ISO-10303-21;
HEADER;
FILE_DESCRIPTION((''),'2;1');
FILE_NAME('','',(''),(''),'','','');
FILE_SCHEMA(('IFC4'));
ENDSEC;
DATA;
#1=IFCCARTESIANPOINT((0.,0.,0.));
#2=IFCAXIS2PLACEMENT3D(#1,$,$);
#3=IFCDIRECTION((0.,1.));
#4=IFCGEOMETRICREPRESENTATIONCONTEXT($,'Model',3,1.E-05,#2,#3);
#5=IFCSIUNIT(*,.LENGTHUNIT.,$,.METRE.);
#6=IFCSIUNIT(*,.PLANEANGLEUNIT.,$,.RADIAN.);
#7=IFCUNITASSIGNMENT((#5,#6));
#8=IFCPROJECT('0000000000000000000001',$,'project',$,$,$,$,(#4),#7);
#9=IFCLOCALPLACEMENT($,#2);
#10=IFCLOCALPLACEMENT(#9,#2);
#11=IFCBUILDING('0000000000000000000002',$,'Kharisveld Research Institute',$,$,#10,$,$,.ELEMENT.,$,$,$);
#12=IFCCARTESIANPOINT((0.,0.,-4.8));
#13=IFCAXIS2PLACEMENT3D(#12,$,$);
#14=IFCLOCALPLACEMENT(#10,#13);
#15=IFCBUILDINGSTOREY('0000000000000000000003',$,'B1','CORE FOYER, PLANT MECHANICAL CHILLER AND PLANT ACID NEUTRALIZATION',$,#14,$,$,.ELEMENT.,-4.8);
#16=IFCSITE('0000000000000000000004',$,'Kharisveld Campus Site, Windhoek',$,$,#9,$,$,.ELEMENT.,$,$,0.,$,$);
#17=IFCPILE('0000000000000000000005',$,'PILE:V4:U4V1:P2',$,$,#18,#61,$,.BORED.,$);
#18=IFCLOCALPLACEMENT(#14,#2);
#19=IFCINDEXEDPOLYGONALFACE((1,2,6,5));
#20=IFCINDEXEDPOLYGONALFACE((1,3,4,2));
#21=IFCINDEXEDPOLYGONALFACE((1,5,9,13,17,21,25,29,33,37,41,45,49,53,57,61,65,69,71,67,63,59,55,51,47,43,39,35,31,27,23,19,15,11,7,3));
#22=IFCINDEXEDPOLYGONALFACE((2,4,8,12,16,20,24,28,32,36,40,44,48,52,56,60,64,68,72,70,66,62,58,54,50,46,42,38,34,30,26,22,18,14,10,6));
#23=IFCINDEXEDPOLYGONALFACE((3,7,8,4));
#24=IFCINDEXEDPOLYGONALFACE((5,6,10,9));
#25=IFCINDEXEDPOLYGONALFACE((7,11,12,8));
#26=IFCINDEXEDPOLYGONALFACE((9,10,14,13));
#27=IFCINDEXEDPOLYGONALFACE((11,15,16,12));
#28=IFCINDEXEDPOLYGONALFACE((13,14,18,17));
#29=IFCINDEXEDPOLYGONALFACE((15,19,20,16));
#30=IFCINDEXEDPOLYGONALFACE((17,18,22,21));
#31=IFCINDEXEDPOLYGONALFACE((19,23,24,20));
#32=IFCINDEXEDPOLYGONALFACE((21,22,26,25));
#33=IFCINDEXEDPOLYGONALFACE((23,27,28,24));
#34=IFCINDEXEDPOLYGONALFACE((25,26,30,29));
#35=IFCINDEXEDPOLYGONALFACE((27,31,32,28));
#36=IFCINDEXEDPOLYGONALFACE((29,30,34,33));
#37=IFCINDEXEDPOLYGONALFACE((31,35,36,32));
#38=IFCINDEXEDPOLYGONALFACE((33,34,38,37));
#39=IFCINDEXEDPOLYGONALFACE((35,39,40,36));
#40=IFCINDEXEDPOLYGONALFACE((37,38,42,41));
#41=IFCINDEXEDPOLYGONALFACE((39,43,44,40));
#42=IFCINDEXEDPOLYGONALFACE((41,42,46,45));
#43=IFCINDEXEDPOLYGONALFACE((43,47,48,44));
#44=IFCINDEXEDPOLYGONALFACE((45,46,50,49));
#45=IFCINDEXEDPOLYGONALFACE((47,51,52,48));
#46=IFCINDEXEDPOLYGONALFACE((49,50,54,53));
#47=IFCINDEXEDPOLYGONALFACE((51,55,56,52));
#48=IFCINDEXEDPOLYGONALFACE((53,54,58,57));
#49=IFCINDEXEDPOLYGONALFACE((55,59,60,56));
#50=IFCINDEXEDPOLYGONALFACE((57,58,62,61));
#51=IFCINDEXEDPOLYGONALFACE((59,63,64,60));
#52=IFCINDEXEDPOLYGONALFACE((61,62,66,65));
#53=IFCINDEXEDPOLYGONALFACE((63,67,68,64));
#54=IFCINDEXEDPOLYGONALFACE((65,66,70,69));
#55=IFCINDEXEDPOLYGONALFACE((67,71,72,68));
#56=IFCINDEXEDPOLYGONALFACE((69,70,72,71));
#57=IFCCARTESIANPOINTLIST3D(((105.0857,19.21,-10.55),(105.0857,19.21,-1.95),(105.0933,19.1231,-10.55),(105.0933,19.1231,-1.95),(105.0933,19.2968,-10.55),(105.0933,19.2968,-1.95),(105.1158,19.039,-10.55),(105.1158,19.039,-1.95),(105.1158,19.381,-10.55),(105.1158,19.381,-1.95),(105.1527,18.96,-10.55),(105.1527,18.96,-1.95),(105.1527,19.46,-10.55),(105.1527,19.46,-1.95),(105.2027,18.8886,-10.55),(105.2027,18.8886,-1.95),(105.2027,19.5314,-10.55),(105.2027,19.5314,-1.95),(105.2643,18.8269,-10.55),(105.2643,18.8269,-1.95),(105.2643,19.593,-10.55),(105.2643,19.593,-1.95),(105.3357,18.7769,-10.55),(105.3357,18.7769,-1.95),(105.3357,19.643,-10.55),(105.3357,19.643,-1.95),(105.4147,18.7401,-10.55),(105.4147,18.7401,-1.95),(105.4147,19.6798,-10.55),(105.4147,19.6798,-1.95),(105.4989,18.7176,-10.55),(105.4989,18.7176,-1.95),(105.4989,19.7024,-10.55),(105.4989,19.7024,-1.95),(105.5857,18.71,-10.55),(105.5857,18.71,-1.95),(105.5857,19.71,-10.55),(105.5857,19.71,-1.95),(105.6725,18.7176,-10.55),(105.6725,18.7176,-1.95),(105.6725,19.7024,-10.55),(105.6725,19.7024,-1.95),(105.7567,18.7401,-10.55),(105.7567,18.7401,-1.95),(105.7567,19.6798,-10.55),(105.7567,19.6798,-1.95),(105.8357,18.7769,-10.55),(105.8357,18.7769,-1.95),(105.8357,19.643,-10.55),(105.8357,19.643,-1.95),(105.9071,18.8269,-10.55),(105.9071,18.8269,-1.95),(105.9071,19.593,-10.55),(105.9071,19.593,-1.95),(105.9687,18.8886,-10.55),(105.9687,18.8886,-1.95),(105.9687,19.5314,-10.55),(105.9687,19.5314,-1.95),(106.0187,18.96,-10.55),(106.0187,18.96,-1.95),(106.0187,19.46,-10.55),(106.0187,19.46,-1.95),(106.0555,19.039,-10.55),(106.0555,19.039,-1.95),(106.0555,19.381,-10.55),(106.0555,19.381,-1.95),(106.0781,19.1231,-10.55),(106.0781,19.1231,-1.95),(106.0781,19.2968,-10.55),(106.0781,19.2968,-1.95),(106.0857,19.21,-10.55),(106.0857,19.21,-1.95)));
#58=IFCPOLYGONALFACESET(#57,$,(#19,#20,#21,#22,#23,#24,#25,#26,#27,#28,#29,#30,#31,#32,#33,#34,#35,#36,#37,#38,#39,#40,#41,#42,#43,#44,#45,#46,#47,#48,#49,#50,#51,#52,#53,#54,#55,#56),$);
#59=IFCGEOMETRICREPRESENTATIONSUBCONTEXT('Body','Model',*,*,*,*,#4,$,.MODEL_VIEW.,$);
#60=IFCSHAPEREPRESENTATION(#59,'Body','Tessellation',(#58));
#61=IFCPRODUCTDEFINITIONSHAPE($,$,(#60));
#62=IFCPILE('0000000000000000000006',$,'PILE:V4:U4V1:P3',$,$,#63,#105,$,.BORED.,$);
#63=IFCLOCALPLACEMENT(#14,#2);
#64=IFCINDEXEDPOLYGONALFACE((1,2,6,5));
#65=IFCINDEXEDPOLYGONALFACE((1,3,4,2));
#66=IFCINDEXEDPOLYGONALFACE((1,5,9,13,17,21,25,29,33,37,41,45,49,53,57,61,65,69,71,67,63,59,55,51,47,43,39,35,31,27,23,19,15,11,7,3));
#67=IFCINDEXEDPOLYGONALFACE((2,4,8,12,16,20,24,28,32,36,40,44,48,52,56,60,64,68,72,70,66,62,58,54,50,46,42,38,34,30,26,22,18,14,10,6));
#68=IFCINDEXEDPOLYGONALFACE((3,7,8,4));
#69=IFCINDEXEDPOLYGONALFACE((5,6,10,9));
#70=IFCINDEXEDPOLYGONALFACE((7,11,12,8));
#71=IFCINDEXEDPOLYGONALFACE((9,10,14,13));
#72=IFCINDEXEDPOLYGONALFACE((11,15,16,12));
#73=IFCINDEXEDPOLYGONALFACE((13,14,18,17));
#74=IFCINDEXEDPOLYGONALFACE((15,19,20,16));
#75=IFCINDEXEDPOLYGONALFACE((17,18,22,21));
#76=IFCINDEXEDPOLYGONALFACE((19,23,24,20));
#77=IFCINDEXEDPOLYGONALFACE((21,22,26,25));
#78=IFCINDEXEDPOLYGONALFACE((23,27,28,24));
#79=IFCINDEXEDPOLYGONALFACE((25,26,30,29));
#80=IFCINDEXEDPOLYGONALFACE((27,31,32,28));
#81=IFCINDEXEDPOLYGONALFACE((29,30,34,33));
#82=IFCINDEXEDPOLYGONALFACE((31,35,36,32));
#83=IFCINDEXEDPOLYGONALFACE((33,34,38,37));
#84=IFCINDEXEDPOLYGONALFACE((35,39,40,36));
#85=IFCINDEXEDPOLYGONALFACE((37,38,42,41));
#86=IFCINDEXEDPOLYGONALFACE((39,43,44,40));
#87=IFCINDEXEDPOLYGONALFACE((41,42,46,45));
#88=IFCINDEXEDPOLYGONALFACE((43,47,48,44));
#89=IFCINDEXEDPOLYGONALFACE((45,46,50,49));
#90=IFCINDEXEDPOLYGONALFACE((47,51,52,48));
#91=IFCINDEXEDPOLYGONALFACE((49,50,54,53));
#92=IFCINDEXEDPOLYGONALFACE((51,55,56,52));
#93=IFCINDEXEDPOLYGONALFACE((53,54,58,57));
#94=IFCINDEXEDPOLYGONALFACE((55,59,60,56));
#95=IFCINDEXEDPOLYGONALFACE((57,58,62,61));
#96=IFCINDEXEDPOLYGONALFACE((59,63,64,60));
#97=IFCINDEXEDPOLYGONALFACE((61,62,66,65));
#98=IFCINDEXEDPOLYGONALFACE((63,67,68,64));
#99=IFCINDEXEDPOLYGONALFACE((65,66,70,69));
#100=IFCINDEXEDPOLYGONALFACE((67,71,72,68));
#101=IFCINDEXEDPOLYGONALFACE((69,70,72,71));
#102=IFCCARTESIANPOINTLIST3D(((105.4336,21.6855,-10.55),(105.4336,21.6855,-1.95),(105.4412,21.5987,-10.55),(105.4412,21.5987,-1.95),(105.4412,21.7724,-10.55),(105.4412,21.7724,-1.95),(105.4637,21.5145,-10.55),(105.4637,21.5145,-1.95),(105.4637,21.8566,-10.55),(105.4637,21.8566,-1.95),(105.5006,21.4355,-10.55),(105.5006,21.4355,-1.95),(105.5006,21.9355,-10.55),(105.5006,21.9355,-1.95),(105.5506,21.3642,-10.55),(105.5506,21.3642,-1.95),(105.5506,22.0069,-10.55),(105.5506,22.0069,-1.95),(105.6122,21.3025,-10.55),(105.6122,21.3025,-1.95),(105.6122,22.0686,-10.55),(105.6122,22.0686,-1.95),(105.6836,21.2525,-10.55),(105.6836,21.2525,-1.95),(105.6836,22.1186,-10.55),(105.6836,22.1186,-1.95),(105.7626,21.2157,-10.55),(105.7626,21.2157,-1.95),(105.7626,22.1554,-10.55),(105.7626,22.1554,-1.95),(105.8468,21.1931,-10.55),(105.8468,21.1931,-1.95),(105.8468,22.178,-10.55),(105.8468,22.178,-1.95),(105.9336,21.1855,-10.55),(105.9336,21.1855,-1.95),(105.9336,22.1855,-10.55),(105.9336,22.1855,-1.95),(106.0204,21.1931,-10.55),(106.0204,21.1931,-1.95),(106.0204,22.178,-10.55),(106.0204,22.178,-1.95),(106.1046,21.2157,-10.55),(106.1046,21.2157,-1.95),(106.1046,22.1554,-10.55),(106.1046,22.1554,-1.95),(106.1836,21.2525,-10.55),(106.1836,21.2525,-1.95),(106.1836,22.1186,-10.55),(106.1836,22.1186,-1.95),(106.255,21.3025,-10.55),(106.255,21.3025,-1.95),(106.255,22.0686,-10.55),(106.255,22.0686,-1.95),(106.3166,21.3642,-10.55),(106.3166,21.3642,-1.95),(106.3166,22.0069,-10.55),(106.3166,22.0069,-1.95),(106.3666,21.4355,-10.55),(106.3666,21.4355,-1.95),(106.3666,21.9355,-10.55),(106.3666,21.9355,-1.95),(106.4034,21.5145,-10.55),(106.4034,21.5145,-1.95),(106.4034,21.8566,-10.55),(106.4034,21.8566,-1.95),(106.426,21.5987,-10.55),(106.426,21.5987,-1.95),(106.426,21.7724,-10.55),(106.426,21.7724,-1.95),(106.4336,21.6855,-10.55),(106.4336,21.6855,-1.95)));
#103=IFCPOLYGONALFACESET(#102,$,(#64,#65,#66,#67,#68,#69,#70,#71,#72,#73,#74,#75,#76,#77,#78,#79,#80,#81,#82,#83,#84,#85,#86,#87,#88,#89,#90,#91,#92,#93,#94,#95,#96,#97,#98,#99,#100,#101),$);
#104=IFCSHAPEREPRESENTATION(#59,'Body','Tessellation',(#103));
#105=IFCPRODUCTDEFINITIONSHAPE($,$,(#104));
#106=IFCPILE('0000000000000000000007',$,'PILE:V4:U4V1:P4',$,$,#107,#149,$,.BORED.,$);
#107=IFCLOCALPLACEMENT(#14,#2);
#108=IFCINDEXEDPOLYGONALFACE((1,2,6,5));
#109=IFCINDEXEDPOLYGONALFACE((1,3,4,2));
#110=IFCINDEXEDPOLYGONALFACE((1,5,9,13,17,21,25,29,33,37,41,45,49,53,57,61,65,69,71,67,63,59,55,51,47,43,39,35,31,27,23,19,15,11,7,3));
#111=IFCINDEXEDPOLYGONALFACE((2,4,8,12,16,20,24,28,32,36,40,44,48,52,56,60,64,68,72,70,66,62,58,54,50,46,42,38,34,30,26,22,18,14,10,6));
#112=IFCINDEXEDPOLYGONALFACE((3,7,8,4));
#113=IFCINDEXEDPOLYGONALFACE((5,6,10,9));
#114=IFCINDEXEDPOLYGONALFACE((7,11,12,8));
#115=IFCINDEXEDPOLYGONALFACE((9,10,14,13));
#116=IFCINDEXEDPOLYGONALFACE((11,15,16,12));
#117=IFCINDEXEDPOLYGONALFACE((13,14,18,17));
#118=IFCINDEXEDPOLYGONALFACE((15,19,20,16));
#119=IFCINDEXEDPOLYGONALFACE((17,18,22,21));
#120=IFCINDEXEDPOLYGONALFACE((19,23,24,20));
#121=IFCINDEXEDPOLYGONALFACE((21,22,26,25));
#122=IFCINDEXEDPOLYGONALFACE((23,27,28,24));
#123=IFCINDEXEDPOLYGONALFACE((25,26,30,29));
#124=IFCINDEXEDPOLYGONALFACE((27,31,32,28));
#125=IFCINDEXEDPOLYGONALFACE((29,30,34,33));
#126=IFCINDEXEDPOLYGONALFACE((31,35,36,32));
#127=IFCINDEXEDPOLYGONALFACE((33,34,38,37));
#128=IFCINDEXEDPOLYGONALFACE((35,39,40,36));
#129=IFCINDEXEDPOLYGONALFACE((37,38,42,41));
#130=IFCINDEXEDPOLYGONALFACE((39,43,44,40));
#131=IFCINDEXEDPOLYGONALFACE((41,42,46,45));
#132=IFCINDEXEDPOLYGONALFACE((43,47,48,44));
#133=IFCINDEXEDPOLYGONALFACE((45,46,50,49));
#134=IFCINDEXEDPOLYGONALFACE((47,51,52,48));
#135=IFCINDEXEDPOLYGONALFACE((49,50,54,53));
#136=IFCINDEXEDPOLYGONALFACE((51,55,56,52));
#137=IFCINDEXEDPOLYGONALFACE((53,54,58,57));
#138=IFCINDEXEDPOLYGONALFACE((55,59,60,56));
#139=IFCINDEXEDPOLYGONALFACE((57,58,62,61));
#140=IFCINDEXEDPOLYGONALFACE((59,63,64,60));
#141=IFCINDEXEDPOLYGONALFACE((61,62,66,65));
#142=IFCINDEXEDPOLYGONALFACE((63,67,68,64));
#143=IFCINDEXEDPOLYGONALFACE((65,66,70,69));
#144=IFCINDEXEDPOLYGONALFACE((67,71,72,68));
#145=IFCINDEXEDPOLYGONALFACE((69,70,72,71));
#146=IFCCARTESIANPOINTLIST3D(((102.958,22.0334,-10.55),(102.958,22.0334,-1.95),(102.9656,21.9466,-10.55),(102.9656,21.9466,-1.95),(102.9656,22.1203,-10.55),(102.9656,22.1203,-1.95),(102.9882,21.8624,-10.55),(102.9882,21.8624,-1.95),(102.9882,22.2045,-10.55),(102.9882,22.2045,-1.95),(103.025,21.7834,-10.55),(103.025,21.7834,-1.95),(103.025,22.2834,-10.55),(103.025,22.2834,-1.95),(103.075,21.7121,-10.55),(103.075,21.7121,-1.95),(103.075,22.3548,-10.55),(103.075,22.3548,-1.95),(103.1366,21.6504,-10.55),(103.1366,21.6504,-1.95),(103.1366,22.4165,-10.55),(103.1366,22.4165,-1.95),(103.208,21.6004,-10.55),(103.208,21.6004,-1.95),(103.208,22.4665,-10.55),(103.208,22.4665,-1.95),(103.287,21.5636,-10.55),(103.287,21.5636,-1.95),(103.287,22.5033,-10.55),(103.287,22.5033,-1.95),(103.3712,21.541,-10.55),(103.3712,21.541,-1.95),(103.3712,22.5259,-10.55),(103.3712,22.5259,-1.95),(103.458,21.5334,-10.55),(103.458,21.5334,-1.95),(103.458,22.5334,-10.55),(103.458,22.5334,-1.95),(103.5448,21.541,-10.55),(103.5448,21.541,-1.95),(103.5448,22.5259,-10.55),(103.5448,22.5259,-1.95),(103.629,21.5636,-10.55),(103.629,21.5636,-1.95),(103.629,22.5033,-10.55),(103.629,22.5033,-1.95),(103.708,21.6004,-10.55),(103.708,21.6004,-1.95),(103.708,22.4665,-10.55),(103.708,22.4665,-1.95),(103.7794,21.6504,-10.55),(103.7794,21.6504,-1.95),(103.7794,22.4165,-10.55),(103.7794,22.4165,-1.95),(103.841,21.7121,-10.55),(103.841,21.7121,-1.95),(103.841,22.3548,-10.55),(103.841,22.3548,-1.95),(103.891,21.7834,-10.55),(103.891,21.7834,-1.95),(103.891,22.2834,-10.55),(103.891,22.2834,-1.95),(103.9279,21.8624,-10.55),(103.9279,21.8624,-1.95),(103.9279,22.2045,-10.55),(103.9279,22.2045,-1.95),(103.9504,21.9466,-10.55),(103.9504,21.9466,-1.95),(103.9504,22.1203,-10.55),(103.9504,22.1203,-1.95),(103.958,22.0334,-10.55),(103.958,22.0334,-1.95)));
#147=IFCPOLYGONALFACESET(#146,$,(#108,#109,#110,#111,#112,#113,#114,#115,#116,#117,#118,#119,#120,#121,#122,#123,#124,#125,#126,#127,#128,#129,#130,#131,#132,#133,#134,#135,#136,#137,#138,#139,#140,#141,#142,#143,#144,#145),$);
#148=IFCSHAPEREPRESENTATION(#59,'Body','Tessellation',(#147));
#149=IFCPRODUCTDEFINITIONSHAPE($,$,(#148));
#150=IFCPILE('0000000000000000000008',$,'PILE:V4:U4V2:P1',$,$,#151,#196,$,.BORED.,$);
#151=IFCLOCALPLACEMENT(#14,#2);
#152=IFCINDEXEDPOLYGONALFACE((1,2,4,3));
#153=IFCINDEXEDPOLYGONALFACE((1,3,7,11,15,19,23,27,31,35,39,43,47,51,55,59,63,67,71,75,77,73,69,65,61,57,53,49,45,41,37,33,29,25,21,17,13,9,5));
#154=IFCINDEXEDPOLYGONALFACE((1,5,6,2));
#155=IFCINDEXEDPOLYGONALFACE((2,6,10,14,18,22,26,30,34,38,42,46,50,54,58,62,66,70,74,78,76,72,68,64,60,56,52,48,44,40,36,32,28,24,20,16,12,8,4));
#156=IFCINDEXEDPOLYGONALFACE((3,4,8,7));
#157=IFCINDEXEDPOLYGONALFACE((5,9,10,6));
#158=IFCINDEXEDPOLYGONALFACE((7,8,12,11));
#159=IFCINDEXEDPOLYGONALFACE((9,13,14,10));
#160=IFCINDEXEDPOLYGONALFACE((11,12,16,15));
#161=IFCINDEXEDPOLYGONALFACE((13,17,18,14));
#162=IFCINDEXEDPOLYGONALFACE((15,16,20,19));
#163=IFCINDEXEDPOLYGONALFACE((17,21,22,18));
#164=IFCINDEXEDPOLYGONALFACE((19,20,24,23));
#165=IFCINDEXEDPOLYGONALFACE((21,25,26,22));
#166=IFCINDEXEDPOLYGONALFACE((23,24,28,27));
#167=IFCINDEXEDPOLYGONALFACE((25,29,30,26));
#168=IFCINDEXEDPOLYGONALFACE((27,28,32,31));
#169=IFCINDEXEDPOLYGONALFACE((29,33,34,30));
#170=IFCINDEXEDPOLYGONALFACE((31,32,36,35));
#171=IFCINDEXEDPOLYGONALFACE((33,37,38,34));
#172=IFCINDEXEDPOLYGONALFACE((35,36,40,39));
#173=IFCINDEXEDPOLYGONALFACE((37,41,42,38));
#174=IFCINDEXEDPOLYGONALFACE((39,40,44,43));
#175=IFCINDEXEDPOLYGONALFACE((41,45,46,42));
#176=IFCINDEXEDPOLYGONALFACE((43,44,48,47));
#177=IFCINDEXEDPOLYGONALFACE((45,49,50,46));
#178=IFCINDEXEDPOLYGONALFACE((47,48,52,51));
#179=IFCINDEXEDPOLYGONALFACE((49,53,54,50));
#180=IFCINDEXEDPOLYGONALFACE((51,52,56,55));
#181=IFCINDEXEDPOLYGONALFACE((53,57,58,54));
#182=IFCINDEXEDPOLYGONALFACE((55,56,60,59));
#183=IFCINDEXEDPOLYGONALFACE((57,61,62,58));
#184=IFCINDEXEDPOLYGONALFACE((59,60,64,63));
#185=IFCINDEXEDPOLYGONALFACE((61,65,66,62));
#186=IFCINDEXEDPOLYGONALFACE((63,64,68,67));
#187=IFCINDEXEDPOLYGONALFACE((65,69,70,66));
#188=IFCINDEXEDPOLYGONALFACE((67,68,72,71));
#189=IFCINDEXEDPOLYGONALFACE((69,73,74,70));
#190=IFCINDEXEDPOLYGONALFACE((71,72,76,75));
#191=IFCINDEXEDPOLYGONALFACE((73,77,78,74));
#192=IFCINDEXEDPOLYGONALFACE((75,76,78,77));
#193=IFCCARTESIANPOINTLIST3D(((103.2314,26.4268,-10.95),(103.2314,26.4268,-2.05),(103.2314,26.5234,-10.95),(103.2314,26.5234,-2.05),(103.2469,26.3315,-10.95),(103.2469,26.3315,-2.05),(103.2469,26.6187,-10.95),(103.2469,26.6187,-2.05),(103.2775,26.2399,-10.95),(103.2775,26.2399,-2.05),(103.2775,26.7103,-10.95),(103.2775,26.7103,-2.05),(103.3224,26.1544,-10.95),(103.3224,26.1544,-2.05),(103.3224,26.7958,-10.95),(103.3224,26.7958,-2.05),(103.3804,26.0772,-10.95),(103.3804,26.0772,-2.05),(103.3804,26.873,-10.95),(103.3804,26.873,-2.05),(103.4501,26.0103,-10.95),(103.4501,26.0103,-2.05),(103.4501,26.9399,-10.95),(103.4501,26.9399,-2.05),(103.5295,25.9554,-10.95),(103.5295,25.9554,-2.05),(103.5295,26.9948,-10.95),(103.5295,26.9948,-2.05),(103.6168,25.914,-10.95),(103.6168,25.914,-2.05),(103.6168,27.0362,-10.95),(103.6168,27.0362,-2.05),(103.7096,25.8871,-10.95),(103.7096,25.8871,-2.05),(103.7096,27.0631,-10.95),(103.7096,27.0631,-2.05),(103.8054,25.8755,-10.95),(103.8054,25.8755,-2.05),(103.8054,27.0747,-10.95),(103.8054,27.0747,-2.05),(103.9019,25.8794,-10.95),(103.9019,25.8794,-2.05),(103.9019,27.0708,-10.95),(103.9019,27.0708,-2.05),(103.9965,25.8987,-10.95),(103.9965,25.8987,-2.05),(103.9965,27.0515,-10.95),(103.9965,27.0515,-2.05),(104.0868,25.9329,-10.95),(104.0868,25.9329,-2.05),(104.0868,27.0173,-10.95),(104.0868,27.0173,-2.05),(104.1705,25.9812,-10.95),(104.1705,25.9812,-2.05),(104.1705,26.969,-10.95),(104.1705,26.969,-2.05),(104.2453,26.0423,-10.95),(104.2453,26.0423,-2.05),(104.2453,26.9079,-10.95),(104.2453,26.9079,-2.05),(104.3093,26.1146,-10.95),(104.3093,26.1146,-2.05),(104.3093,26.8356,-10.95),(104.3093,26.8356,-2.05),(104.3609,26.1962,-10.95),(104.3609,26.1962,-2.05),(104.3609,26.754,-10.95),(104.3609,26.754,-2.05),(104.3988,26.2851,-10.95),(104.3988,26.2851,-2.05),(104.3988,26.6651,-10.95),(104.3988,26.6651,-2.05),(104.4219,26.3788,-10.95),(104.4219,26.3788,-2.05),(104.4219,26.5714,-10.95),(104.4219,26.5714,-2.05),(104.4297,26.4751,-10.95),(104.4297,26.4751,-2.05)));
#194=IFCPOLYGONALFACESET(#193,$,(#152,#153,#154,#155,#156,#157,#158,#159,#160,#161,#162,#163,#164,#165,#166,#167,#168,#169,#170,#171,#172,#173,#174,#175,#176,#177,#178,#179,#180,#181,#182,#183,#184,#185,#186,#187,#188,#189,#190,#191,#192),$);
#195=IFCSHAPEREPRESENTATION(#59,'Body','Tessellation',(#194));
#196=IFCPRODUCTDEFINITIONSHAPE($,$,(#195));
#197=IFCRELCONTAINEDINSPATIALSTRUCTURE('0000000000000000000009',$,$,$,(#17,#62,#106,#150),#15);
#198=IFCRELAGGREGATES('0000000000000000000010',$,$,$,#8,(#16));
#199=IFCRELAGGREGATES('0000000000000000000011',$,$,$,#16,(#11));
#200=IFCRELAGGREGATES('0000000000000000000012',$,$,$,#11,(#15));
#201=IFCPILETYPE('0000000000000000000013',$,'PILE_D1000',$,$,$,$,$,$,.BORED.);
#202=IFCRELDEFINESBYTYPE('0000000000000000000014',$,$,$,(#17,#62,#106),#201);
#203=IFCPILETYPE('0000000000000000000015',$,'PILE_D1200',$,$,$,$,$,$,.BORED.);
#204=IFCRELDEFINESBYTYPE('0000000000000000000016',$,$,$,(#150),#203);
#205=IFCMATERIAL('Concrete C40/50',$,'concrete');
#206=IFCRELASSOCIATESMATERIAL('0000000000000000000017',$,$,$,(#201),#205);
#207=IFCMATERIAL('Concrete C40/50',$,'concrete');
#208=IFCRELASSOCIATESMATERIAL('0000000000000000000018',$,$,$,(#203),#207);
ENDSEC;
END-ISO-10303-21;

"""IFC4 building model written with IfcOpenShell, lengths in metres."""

from ifc_helpers import new_model, si_unit, direction, frame, origin, origin_2d, place, context, subcontext, project, spatial, circle, extrude, material, material_profile, profile_set, type_object, element, save


model = new_model("IFC4")

# Units and contexts
model_context = context("Model", 3, precision=1e-05, world=origin(), true_north=direction((0.0, 1.0)))
body_context = subcontext(model_context, "Body", "Model", "MODEL_VIEW")
ifc_project = project(units=[si_unit("LENGTHUNIT", "METRE"), si_unit("PLANEANGLEUNIT", "RADIAN")], contexts=[model_context])

# Site, building, storey
site_placement = place(None, origin())
site = spatial("IfcSite", under=ifc_project, at=site_placement, Name="Kharisveld Campus Site, Windhoek", CompositionType="ELEMENT", RefElevation=0.0)
building_placement = place(site_placement, origin())
building = spatial("IfcBuilding", under=site, at=building_placement, Name="Kharisveld Research Institute", CompositionType="ELEMENT")
storey_placement = place(building_placement, frame((0.0, 0.0, -4.8)))
storey = spatial("IfcBuildingStorey", under=building, at=storey_placement, Name="B1", Description="CORE FOYER, PLANT MECHANICAL CHILLER AND PLANT ACID NEUTRALIZATION", CompositionType="ELEMENT", Elevation=-4.8)

# Piles
ifc_material_1 = material(Name="Concrete C40/50", Category="concrete")
ifc_material_profile_1 = material_profile(ifc_material_1, circle(Radius=0.5, at=origin_2d()))
ifc_profile_set_1 = profile_set([ifc_material_profile_1], Name="Concrete C40/50")
pile_type_1 = type_object("IfcPileType", Name="PILE_D1000", PredefinedType="BORED", material=ifc_profile_set_1)
for number, where, z_axis, x_axis, name in (
    (1, (105.5857, 19.21, -1.95), (0.0, 0.0, -1.0), (1.0, 0.0, 0.0), "PILE:V4:U4V1:P2"),
    (2, (105.9336, 21.6855, -1.95), (0.0, 0.0, -1.0), (1.0, 0.0, 0.0), "PILE:V4:U4V1:P3"),
    (3, (103.458, 22.0334, -1.95), (0.0, 0.0, -1.0), (1.0, 0.0, 0.0), "PILE:V4:U4V1:P4"),
):
    element("IfcPile", number, at=place(storey_placement, frame(where, z_axis=z_axis, x_axis=x_axis)), inside=storey, type_object=pile_type_1, Name=name, PredefinedType="BORED", context=body_context, shape_type="SweptSolid", body=[
        extrude(circle(Radius=0.5, at=origin_2d()), origin(), (0.0, 0.0, 1.0), 8.6001),
    ])
ifc_material_2 = material(Name="Concrete C40/50", Category="concrete")
ifc_material_profile_2 = material_profile(ifc_material_2, circle(Radius=0.6001, at=origin_2d()))
ifc_profile_set_2 = profile_set([ifc_material_profile_2], Name="Concrete C40/50")
pile_type_2 = type_object("IfcPileType", Name="PILE_D1200", PredefinedType="BORED", material=ifc_profile_set_2)
for number, where, z_axis, x_axis, name in (
    (4, (103.8296, 26.4751, -2.05), (0.0, 0.0, -1.0), (1.0, 0.0, 0.0), "PILE:V4:U4V2:P1"),
):
    element("IfcPile", number, at=place(storey_placement, frame(where, z_axis=z_axis, x_axis=x_axis)), inside=storey, type_object=pile_type_2, Name=name, PredefinedType="BORED", context=body_context, shape_type="SweptSolid", body=[
        extrude(circle(Radius=0.6001, at=origin_2d()), origin(), (0.0, 0.0, 1.0), 8.8999),
    ])

save(model, "model.ifc")
